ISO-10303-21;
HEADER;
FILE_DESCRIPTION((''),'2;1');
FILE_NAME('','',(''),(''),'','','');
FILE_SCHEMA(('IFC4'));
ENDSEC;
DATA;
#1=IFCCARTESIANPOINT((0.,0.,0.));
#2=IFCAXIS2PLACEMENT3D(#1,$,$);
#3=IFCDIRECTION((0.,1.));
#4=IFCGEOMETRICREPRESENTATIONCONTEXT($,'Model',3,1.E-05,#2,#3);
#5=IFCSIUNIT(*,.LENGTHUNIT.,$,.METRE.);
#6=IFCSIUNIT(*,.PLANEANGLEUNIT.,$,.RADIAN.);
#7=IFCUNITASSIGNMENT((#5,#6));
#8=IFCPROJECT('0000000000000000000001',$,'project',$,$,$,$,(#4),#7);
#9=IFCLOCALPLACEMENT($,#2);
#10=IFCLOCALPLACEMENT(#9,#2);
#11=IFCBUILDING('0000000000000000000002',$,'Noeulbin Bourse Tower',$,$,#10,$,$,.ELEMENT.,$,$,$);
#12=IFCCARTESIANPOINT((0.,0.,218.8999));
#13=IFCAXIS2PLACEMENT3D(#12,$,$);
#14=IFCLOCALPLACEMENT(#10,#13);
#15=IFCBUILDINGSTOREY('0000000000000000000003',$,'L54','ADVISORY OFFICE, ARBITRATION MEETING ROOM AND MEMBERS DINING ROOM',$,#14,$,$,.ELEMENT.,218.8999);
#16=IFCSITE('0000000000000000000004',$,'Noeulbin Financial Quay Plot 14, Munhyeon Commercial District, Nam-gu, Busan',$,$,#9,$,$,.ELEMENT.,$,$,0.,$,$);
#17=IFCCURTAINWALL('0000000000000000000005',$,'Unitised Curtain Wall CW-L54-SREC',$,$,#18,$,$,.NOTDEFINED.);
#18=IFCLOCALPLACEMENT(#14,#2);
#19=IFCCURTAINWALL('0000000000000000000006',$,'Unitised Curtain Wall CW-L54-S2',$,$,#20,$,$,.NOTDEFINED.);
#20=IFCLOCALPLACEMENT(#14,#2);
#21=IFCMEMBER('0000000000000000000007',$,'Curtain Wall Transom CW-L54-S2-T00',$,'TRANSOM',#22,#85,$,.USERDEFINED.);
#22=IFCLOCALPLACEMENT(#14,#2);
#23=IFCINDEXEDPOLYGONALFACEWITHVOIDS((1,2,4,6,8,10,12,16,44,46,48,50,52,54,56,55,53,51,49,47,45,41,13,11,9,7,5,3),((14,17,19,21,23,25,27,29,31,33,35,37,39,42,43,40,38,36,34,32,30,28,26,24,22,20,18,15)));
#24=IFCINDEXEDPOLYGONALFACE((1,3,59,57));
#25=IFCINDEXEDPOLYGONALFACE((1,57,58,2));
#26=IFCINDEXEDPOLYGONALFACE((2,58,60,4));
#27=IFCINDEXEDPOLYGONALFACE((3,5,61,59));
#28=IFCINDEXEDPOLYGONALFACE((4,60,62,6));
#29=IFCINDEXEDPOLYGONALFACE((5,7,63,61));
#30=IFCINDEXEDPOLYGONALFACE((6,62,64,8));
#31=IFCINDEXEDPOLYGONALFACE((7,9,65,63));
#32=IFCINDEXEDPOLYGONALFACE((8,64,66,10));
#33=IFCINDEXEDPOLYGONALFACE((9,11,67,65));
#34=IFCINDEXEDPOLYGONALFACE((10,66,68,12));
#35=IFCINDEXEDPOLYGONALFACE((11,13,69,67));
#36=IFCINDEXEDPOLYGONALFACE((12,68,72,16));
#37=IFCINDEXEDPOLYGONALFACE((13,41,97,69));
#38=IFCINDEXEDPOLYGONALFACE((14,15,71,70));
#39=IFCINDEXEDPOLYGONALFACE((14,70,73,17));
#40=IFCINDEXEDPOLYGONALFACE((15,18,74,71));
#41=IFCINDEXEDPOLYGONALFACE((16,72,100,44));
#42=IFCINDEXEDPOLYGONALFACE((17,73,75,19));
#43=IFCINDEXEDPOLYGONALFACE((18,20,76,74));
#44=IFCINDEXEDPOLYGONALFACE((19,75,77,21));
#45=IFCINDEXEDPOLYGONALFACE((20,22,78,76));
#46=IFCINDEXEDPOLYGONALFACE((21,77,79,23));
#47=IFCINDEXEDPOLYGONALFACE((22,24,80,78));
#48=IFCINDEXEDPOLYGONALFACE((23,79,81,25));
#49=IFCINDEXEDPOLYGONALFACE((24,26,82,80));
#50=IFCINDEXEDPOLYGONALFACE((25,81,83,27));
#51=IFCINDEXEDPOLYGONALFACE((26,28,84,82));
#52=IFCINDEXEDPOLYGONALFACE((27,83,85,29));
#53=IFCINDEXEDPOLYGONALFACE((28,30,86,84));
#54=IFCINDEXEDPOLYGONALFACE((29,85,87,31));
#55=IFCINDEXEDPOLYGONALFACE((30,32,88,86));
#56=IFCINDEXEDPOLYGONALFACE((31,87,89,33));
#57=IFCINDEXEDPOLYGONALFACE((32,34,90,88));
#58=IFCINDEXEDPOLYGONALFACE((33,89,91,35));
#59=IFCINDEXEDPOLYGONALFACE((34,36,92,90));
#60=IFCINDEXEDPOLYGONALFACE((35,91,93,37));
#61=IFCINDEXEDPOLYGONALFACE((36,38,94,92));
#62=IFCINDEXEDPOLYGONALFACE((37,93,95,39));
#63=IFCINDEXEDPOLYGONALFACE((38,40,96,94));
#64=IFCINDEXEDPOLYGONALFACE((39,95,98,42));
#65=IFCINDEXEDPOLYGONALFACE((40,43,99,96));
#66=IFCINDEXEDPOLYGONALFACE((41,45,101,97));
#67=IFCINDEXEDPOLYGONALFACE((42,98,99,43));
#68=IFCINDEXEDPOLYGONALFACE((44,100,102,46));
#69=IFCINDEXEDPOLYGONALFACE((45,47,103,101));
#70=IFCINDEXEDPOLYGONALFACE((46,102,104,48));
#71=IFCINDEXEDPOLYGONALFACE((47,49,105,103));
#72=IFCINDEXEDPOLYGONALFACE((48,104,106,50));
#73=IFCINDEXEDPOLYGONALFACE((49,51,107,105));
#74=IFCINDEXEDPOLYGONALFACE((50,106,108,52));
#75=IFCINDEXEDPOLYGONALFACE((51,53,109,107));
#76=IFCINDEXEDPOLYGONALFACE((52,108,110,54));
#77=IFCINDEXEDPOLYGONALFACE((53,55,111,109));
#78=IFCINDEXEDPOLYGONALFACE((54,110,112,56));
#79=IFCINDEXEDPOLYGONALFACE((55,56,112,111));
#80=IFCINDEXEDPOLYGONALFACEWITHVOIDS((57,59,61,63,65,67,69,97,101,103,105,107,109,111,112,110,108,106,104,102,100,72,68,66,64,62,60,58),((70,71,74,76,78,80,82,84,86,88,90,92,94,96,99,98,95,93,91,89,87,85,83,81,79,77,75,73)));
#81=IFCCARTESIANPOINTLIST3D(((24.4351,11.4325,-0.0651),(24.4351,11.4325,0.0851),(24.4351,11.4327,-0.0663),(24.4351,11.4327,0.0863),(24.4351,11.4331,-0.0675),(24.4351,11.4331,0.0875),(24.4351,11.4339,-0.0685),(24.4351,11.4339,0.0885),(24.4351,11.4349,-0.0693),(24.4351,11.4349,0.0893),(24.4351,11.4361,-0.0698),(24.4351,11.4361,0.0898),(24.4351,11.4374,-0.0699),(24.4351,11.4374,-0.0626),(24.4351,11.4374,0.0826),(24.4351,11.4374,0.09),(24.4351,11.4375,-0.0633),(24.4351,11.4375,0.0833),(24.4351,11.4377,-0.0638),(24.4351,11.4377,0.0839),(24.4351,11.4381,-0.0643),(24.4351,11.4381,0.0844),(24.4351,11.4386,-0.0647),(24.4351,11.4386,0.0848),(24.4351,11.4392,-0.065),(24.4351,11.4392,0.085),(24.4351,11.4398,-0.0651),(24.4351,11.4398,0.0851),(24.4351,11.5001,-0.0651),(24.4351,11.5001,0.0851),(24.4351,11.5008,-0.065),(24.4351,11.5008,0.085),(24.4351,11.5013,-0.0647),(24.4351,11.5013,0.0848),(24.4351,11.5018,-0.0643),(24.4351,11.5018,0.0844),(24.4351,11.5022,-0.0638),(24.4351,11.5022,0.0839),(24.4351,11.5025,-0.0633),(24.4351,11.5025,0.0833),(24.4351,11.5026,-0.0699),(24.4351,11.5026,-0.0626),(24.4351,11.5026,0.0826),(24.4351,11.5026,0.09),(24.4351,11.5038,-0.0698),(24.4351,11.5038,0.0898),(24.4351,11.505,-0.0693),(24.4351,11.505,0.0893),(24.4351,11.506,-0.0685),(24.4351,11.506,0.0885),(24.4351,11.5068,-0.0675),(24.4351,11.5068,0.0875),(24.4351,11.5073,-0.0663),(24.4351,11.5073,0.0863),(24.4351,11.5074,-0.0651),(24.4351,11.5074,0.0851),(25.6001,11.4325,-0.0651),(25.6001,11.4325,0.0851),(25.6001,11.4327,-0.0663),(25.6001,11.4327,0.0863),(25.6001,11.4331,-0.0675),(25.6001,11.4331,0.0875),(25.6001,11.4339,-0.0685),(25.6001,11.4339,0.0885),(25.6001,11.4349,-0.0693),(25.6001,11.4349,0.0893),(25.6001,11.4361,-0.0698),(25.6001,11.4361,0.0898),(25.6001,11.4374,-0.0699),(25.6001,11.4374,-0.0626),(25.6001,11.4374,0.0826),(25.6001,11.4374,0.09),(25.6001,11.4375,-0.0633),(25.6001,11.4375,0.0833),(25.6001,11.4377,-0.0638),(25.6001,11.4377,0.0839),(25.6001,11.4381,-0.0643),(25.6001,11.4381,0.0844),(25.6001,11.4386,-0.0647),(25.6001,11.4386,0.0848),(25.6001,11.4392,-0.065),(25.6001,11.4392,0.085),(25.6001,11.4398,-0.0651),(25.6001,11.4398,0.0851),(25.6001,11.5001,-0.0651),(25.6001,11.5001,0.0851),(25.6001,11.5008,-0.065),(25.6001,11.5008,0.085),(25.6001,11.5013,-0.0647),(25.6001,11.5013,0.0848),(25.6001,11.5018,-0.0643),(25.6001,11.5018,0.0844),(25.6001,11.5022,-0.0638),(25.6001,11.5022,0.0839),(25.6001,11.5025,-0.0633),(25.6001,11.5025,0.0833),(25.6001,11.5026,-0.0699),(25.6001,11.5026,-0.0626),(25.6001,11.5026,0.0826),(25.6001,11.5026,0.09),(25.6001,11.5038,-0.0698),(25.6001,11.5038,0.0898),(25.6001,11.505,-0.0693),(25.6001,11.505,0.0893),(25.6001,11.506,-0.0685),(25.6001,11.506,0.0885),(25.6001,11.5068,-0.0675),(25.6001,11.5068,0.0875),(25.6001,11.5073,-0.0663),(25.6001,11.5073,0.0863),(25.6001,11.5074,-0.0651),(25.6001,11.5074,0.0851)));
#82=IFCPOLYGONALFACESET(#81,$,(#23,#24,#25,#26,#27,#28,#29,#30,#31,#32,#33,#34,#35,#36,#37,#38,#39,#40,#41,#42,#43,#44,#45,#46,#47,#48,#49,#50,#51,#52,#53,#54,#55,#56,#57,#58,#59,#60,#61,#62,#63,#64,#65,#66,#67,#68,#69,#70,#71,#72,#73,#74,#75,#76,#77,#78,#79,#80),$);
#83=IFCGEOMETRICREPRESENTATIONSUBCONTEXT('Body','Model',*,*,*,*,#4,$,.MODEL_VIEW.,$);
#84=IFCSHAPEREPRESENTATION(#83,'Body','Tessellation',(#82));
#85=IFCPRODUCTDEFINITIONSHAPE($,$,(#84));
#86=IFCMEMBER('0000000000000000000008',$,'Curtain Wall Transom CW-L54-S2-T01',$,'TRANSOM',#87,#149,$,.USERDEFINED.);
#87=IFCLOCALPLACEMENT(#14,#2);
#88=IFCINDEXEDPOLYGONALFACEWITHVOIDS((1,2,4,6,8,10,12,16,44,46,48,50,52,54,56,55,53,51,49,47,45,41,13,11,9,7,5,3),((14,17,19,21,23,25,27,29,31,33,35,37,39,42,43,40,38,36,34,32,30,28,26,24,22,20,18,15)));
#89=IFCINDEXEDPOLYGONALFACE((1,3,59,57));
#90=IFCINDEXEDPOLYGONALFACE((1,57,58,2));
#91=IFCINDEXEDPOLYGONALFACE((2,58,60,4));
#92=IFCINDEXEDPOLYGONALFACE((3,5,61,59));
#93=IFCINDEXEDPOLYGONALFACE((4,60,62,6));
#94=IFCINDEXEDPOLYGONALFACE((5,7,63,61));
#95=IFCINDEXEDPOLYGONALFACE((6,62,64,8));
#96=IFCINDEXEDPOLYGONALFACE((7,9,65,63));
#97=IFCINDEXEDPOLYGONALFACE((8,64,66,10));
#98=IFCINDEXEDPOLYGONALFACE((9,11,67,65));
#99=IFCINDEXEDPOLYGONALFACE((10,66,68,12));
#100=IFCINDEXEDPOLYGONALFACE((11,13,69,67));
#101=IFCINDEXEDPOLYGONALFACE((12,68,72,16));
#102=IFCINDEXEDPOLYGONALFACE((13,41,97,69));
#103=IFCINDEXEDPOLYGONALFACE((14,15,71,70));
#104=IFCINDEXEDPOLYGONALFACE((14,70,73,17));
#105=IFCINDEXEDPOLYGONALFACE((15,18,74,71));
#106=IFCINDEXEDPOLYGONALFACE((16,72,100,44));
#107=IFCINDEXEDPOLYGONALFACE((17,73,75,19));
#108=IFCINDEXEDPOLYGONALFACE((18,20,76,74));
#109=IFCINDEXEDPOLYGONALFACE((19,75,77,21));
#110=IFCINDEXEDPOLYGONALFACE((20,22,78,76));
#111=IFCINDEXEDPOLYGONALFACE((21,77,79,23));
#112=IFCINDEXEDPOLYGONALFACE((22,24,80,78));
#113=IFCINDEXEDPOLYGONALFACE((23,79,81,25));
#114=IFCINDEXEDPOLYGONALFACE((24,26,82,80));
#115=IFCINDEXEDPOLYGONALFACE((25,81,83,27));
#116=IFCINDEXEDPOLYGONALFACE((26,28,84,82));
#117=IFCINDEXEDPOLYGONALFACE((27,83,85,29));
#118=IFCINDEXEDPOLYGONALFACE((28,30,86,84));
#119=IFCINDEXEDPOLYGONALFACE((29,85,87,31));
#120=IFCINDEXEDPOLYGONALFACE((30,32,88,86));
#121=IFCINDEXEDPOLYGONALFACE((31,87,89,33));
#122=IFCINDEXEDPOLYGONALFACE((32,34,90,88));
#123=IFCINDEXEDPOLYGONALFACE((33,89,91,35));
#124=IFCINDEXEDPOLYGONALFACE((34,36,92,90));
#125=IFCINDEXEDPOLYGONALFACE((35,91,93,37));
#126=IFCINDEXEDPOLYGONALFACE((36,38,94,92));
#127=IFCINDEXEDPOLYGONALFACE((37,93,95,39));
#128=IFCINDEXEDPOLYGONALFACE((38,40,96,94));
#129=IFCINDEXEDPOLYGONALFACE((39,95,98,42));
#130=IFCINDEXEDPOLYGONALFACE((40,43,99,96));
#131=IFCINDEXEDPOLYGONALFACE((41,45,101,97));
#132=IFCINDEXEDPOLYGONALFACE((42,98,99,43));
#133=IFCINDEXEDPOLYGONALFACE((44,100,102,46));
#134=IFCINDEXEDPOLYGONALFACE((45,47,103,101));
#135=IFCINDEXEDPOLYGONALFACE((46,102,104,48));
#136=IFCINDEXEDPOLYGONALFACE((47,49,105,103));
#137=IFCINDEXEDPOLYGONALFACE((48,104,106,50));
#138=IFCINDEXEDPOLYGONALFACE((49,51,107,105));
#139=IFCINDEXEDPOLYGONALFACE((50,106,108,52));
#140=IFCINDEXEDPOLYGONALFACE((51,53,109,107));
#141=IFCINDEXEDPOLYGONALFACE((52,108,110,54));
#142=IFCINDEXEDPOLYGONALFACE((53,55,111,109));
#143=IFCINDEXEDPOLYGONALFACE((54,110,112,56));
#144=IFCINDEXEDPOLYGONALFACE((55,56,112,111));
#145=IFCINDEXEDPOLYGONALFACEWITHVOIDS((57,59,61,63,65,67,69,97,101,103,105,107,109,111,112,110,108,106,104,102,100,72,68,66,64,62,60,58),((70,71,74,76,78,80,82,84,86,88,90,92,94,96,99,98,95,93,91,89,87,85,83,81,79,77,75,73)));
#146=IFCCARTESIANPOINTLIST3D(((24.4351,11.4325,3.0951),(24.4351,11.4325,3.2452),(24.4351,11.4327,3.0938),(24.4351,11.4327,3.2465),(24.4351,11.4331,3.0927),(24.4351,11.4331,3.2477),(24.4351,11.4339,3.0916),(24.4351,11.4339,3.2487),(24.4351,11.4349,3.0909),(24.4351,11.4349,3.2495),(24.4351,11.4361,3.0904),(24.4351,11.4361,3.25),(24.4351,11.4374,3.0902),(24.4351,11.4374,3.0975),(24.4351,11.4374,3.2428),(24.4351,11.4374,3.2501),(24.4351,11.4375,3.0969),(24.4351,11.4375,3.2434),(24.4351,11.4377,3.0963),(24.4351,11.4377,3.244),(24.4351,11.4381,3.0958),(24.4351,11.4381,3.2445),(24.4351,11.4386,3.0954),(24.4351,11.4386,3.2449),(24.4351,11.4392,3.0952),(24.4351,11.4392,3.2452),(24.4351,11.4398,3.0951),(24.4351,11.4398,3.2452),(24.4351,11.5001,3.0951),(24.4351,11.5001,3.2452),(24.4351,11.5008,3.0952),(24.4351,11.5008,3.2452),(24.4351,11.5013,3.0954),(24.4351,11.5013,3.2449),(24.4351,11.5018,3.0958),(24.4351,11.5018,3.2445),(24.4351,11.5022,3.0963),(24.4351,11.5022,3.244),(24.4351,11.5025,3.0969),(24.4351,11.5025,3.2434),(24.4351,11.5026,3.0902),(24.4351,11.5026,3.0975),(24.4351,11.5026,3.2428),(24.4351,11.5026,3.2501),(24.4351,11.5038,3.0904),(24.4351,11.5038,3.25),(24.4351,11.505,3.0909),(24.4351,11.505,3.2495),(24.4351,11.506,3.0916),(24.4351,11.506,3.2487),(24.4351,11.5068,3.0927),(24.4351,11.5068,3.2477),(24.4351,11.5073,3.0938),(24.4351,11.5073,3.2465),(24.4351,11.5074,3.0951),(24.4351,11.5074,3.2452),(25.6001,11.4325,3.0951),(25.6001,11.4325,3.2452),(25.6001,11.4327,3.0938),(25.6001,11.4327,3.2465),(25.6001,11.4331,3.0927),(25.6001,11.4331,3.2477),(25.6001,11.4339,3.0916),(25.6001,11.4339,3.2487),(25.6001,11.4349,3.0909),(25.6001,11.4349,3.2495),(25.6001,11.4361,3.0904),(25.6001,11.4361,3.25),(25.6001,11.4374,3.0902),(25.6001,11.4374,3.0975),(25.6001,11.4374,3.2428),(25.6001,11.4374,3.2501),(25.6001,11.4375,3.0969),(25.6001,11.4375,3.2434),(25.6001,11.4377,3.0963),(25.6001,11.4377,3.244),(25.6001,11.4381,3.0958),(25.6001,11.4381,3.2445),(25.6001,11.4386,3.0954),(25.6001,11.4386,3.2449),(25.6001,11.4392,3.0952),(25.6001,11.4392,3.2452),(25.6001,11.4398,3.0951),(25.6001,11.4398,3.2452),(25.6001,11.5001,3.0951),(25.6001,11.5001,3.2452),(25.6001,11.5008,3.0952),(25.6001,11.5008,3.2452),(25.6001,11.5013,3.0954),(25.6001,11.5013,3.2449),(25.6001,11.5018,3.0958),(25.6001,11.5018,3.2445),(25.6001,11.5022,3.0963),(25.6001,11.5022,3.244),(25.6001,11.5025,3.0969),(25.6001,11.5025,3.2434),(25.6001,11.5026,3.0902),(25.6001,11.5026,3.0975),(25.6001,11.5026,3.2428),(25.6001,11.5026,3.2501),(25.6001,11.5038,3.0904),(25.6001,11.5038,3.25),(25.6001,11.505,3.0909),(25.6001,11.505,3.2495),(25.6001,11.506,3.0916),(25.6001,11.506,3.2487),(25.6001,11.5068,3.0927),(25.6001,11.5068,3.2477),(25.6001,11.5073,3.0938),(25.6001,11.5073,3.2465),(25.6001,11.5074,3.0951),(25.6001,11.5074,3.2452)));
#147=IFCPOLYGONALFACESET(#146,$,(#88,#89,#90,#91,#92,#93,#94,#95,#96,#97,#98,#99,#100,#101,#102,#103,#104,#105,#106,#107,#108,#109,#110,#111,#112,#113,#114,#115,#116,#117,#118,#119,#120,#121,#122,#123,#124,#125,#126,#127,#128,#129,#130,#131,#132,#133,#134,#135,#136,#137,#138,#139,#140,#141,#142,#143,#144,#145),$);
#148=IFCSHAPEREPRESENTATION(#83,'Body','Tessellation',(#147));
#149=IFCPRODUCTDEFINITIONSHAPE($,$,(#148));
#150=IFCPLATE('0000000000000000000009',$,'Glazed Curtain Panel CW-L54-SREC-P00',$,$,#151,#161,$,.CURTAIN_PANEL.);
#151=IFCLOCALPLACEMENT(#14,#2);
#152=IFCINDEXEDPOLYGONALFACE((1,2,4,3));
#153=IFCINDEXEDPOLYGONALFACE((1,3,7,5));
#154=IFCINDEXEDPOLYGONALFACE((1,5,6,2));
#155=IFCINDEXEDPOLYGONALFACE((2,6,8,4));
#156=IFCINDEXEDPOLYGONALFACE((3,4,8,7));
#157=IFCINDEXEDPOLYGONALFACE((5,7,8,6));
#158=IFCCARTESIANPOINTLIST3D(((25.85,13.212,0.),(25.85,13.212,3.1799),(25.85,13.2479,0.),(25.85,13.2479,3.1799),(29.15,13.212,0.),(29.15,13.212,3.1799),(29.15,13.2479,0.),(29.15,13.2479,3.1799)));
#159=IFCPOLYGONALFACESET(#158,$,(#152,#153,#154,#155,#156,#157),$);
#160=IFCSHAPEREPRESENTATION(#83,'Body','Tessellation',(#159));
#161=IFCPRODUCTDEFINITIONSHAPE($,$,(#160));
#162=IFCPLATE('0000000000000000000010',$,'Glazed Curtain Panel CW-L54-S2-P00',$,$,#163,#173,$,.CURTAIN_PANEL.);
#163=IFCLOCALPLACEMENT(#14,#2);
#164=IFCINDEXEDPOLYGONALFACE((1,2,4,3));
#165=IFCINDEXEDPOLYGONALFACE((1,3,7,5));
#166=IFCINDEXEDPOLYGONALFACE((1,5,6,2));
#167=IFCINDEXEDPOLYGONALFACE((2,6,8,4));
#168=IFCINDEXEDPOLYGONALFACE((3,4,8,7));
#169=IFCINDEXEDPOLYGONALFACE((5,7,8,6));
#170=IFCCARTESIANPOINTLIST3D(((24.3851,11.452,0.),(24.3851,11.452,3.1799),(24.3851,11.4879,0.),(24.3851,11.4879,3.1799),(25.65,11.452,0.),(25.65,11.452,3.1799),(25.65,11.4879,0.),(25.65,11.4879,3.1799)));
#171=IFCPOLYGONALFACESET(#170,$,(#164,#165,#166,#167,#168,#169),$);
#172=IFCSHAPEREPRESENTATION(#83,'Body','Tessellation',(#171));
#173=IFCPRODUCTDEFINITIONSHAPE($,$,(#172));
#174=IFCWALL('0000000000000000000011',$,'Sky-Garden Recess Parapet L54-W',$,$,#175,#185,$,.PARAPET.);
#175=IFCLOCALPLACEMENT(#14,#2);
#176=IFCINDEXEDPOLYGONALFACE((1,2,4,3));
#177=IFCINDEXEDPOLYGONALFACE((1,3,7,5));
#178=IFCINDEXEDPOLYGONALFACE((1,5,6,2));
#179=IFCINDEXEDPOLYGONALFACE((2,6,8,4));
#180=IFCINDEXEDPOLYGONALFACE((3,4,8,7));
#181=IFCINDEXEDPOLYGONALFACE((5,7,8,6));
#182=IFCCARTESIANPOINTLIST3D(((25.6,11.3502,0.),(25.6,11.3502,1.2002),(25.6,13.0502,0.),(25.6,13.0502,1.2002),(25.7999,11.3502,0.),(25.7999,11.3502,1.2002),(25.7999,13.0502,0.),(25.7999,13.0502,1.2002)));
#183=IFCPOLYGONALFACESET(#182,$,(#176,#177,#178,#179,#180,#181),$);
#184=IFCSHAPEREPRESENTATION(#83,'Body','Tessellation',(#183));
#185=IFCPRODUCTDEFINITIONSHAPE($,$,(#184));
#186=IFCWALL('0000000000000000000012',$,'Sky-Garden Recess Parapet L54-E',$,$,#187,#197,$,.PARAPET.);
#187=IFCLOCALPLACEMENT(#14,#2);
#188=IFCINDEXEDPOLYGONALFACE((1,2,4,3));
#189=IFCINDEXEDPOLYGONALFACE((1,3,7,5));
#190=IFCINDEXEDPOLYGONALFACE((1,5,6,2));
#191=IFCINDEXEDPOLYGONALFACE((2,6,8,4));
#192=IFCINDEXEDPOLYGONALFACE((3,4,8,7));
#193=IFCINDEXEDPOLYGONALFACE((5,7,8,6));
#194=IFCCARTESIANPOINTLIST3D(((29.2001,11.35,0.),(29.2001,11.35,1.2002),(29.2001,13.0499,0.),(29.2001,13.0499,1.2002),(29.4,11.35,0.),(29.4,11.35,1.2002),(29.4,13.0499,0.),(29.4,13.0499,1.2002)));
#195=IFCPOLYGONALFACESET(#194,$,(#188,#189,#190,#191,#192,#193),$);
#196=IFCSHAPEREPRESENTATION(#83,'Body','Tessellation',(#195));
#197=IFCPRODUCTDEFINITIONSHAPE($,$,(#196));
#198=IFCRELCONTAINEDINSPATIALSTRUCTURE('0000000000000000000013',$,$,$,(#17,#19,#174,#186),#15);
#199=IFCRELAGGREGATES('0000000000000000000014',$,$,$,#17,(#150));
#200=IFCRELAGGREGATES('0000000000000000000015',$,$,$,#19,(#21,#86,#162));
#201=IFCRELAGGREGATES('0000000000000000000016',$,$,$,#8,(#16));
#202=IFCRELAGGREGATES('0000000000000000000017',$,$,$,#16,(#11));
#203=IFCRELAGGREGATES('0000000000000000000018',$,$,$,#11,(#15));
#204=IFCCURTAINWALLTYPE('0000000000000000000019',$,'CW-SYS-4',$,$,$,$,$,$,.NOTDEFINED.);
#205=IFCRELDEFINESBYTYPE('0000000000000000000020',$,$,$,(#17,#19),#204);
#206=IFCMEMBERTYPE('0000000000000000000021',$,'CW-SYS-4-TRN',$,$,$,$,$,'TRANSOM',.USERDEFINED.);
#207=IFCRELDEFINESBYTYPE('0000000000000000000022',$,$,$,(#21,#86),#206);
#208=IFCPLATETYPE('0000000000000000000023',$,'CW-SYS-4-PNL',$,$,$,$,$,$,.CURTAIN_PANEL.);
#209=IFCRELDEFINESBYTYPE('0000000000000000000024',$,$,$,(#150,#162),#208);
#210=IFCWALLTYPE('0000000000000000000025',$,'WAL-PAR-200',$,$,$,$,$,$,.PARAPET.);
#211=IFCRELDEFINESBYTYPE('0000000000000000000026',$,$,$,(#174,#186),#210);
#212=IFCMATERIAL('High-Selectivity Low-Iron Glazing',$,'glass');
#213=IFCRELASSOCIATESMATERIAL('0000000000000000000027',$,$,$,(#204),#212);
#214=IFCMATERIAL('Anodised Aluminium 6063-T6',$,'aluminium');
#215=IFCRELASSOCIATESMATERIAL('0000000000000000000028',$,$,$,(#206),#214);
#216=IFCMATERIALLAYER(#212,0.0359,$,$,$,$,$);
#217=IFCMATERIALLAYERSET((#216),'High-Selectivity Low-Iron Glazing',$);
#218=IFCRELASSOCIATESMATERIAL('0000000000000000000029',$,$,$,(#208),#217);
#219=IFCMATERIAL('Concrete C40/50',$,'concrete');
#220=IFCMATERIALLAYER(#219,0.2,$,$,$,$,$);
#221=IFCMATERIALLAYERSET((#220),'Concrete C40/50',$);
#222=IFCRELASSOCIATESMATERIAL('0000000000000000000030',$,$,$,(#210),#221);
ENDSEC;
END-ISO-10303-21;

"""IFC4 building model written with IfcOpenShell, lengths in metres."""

from ifc_helpers import new_model, si_unit, direction, frame, frame_2d, origin, origin_2d, place, context, subcontext, project, spatial, rectangle, hollow_rectangle, extrude, material, layer, layer_set, material_profile, profile_set, type_object, element, aggregate, save


model = new_model("IFC4")

# Units and contexts
model_context = context("Model", 3, precision=1e-05, world=origin(), true_north=direction((0.0, 1.0)))
body_context = subcontext(model_context, "Body", "Model", "MODEL_VIEW")
ifc_project = project(units=[si_unit("LENGTHUNIT", "METRE"), si_unit("PLANEANGLEUNIT", "RADIAN")], contexts=[model_context])

# Site, building, storey
site_placement = place(None, origin())
site = spatial("IfcSite", under=ifc_project, at=site_placement, Name="Noeulbin Financial Quay Plot 14, Munhyeon Commercial District, Nam-gu, Busan", CompositionType="ELEMENT", RefElevation=0.0)
building_placement = place(site_placement, origin())
building = spatial("IfcBuilding", under=site, at=building_placement, Name="Noeulbin Bourse Tower", CompositionType="ELEMENT")
storey_placement = place(building_placement, frame((0.0, 0.0, 218.8999)))
storey = spatial("IfcBuildingStorey", under=building, at=storey_placement, Name="L54", Description="ADVISORY OFFICE, ARBITRATION MEETING ROOM AND MEMBERS DINING ROOM", CompositionType="ELEMENT", Elevation=218.8999)

# Curtain walls
ifc_material_1 = material(Name="High-Selectivity Low-Iron Glazing", Category="glass")
curtain_wall_type = type_object("IfcCurtainWallType", Name="CW-SYS-4", PredefinedType="NOTDEFINED", material=ifc_material_1)
curtain_wall_1_placement = place(storey_placement, origin())
curtain_wall_1 = element("IfcCurtainWall", 1, at=curtain_wall_1_placement, inside=storey, type_object=curtain_wall_type, Name="Unitised Curtain Wall CW-L54-SREC", PredefinedType="NOTDEFINED")
ifc_material_2 = material(Name="Anodised Aluminium 6063-T6", Category="aluminium")
curtain_wall_2_placement = place(storey_placement, origin())
curtain_wall_2 = element("IfcCurtainWall", 2, at=curtain_wall_2_placement, inside=storey, type_object=curtain_wall_type, Name="Unitised Curtain Wall CW-L54-S2", PredefinedType="NOTDEFINED")

# Members
ifc_material_profile_1 = material_profile(ifc_material_2, hollow_rectangle(XDim=0.075, YDim=0.1599, WallThickness=0.0049, InnerFilletRadius=0.0024, OuterFilletRadius=0.0049, at=origin_2d()), Name="ALU-TRAN-75x160x5", Category="LoadBearing")
ifc_profile_set_1 = profile_set([ifc_material_profile_1], Name="Anodised Aluminium 6063-T6")
member_type_1 = type_object("IfcMemberType", Name="CW-SYS-4-TRN", ElementType="TRANSOM", PredefinedType="USERDEFINED", material=ifc_profile_set_1)
member_1_placement = place(storey_placement, frame((24.4351, 11.47, 0.01), z_axis=(1.0, 0.0, 0.0), x_axis=(0.0, 1.0, 0.0)))
member_1 = element("IfcMember", 3, at=member_1_placement, type_object=member_type_1, Name="Curtain Wall Transom CW-L54-S2-T00", ObjectType="TRANSOM", PredefinedType="USERDEFINED", context=body_context, shape_type="SweptSolid", body=[
    extrude(hollow_rectangle(XDim=0.075, YDim=0.1599, WallThickness=0.0049, InnerFilletRadius=0.0024, OuterFilletRadius=0.0049, at=origin_2d()), origin(), (0.0, 0.0, 1.0), 1.165),
])
member_2_placement = place(storey_placement, frame((24.4351, 11.47, 3.1702), z_axis=(1.0, 0.0, 0.0), x_axis=(0.0, 1.0, 0.0)))
member_2 = element("IfcMember", 4, at=member_2_placement, type_object=member_type_1, Name="Curtain Wall Transom CW-L54-S2-T01", ObjectType="TRANSOM", PredefinedType="USERDEFINED", context=body_context, shape_type="SweptSolid", body=[
    extrude(hollow_rectangle(XDim=0.075, YDim=0.1599, WallThickness=0.0049, InnerFilletRadius=0.0024, OuterFilletRadius=0.0049, at=origin_2d()), origin(), (0.0, 0.0, 1.0), 1.165),
])

# Plates
ifc_layer_1 = layer(ifc_material_1, 0.0359)
ifc_layer_set_1 = layer_set([ifc_layer_1], Name="High-Selectivity Low-Iron Glazing")
plate_type = type_object("IfcPlateType", Name="CW-SYS-4-PNL", PredefinedType="CURTAIN_PANEL", material=ifc_layer_set_1)
plate_1_placement = place(storey_placement, frame((27.5, 13.23, 0.0), z_axis=(0.0, 0.0, 1.0), x_axis=(1.0, 0.0, 0.0)))
plate_1 = element("IfcPlate", 5, at=plate_1_placement, type_object=plate_type, Name="Glazed Curtain Panel CW-L54-SREC-P00", PredefinedType="CURTAIN_PANEL", context=body_context, shape_type="SweptSolid", body=[
    extrude(rectangle(XDim=3.3, YDim=0.0359, at=origin_2d()), origin(), (0.0, 0.0, 1.0), 3.1799),
])
aggregate(curtain_wall_1, [plate_1])
plate_2_placement = place(storey_placement, frame((25.0176, 11.47, 0.0), z_axis=(0.0, 0.0, 1.0), x_axis=(1.0, 0.0, 0.0)))
plate_2 = element("IfcPlate", 6, at=plate_2_placement, type_object=plate_type, Name="Glazed Curtain Panel CW-L54-S2-P00", PredefinedType="CURTAIN_PANEL", context=body_context, shape_type="SweptSolid", body=[
    extrude(rectangle(XDim=1.2649, YDim=0.0359, at=origin_2d()), origin(), (0.0, 0.0, 1.0), 3.1799),
])
aggregate(curtain_wall_2, [member_1, member_2, plate_2])

# Walls
ifc_material_3 = material(Name="Concrete C40/50", Category="concrete")
ifc_layer_2 = layer(ifc_material_3, 0.2)
ifc_layer_set_2 = layer_set([ifc_layer_2], Name="Concrete C40/50")
wall_type = type_object("IfcWallType", Name="WAL-PAR-200", PredefinedType="PARAPET", material=ifc_layer_set_2)
for number, where, z_axis, x_axis, name in (
    (7, (25.7, 11.3501, 0.0), (0.0, 0.0, 1.0), (0.0, 1.0, 0.0), "Sky-Garden Recess Parapet L54-W"),
    (8, (29.3, 13.05, 0.0), (0.0, 0.0, 1.0), (0.0, -1.0, 0.0), "Sky-Garden Recess Parapet L54-E"),
):
    element("IfcWall", number, at=place(storey_placement, frame(where, z_axis=z_axis, x_axis=x_axis)), inside=storey, type_object=wall_type, Name=name, PredefinedType="PARAPET", context=body_context, shape_type="SweptSolid", body=[
        extrude(rectangle(XDim=1.7, YDim=0.2, at=frame_2d((0.8501, 0.0))), origin(), (0.0, 0.0, 1.0), 1.2002),
    ])

save(model, "model.ifc")
